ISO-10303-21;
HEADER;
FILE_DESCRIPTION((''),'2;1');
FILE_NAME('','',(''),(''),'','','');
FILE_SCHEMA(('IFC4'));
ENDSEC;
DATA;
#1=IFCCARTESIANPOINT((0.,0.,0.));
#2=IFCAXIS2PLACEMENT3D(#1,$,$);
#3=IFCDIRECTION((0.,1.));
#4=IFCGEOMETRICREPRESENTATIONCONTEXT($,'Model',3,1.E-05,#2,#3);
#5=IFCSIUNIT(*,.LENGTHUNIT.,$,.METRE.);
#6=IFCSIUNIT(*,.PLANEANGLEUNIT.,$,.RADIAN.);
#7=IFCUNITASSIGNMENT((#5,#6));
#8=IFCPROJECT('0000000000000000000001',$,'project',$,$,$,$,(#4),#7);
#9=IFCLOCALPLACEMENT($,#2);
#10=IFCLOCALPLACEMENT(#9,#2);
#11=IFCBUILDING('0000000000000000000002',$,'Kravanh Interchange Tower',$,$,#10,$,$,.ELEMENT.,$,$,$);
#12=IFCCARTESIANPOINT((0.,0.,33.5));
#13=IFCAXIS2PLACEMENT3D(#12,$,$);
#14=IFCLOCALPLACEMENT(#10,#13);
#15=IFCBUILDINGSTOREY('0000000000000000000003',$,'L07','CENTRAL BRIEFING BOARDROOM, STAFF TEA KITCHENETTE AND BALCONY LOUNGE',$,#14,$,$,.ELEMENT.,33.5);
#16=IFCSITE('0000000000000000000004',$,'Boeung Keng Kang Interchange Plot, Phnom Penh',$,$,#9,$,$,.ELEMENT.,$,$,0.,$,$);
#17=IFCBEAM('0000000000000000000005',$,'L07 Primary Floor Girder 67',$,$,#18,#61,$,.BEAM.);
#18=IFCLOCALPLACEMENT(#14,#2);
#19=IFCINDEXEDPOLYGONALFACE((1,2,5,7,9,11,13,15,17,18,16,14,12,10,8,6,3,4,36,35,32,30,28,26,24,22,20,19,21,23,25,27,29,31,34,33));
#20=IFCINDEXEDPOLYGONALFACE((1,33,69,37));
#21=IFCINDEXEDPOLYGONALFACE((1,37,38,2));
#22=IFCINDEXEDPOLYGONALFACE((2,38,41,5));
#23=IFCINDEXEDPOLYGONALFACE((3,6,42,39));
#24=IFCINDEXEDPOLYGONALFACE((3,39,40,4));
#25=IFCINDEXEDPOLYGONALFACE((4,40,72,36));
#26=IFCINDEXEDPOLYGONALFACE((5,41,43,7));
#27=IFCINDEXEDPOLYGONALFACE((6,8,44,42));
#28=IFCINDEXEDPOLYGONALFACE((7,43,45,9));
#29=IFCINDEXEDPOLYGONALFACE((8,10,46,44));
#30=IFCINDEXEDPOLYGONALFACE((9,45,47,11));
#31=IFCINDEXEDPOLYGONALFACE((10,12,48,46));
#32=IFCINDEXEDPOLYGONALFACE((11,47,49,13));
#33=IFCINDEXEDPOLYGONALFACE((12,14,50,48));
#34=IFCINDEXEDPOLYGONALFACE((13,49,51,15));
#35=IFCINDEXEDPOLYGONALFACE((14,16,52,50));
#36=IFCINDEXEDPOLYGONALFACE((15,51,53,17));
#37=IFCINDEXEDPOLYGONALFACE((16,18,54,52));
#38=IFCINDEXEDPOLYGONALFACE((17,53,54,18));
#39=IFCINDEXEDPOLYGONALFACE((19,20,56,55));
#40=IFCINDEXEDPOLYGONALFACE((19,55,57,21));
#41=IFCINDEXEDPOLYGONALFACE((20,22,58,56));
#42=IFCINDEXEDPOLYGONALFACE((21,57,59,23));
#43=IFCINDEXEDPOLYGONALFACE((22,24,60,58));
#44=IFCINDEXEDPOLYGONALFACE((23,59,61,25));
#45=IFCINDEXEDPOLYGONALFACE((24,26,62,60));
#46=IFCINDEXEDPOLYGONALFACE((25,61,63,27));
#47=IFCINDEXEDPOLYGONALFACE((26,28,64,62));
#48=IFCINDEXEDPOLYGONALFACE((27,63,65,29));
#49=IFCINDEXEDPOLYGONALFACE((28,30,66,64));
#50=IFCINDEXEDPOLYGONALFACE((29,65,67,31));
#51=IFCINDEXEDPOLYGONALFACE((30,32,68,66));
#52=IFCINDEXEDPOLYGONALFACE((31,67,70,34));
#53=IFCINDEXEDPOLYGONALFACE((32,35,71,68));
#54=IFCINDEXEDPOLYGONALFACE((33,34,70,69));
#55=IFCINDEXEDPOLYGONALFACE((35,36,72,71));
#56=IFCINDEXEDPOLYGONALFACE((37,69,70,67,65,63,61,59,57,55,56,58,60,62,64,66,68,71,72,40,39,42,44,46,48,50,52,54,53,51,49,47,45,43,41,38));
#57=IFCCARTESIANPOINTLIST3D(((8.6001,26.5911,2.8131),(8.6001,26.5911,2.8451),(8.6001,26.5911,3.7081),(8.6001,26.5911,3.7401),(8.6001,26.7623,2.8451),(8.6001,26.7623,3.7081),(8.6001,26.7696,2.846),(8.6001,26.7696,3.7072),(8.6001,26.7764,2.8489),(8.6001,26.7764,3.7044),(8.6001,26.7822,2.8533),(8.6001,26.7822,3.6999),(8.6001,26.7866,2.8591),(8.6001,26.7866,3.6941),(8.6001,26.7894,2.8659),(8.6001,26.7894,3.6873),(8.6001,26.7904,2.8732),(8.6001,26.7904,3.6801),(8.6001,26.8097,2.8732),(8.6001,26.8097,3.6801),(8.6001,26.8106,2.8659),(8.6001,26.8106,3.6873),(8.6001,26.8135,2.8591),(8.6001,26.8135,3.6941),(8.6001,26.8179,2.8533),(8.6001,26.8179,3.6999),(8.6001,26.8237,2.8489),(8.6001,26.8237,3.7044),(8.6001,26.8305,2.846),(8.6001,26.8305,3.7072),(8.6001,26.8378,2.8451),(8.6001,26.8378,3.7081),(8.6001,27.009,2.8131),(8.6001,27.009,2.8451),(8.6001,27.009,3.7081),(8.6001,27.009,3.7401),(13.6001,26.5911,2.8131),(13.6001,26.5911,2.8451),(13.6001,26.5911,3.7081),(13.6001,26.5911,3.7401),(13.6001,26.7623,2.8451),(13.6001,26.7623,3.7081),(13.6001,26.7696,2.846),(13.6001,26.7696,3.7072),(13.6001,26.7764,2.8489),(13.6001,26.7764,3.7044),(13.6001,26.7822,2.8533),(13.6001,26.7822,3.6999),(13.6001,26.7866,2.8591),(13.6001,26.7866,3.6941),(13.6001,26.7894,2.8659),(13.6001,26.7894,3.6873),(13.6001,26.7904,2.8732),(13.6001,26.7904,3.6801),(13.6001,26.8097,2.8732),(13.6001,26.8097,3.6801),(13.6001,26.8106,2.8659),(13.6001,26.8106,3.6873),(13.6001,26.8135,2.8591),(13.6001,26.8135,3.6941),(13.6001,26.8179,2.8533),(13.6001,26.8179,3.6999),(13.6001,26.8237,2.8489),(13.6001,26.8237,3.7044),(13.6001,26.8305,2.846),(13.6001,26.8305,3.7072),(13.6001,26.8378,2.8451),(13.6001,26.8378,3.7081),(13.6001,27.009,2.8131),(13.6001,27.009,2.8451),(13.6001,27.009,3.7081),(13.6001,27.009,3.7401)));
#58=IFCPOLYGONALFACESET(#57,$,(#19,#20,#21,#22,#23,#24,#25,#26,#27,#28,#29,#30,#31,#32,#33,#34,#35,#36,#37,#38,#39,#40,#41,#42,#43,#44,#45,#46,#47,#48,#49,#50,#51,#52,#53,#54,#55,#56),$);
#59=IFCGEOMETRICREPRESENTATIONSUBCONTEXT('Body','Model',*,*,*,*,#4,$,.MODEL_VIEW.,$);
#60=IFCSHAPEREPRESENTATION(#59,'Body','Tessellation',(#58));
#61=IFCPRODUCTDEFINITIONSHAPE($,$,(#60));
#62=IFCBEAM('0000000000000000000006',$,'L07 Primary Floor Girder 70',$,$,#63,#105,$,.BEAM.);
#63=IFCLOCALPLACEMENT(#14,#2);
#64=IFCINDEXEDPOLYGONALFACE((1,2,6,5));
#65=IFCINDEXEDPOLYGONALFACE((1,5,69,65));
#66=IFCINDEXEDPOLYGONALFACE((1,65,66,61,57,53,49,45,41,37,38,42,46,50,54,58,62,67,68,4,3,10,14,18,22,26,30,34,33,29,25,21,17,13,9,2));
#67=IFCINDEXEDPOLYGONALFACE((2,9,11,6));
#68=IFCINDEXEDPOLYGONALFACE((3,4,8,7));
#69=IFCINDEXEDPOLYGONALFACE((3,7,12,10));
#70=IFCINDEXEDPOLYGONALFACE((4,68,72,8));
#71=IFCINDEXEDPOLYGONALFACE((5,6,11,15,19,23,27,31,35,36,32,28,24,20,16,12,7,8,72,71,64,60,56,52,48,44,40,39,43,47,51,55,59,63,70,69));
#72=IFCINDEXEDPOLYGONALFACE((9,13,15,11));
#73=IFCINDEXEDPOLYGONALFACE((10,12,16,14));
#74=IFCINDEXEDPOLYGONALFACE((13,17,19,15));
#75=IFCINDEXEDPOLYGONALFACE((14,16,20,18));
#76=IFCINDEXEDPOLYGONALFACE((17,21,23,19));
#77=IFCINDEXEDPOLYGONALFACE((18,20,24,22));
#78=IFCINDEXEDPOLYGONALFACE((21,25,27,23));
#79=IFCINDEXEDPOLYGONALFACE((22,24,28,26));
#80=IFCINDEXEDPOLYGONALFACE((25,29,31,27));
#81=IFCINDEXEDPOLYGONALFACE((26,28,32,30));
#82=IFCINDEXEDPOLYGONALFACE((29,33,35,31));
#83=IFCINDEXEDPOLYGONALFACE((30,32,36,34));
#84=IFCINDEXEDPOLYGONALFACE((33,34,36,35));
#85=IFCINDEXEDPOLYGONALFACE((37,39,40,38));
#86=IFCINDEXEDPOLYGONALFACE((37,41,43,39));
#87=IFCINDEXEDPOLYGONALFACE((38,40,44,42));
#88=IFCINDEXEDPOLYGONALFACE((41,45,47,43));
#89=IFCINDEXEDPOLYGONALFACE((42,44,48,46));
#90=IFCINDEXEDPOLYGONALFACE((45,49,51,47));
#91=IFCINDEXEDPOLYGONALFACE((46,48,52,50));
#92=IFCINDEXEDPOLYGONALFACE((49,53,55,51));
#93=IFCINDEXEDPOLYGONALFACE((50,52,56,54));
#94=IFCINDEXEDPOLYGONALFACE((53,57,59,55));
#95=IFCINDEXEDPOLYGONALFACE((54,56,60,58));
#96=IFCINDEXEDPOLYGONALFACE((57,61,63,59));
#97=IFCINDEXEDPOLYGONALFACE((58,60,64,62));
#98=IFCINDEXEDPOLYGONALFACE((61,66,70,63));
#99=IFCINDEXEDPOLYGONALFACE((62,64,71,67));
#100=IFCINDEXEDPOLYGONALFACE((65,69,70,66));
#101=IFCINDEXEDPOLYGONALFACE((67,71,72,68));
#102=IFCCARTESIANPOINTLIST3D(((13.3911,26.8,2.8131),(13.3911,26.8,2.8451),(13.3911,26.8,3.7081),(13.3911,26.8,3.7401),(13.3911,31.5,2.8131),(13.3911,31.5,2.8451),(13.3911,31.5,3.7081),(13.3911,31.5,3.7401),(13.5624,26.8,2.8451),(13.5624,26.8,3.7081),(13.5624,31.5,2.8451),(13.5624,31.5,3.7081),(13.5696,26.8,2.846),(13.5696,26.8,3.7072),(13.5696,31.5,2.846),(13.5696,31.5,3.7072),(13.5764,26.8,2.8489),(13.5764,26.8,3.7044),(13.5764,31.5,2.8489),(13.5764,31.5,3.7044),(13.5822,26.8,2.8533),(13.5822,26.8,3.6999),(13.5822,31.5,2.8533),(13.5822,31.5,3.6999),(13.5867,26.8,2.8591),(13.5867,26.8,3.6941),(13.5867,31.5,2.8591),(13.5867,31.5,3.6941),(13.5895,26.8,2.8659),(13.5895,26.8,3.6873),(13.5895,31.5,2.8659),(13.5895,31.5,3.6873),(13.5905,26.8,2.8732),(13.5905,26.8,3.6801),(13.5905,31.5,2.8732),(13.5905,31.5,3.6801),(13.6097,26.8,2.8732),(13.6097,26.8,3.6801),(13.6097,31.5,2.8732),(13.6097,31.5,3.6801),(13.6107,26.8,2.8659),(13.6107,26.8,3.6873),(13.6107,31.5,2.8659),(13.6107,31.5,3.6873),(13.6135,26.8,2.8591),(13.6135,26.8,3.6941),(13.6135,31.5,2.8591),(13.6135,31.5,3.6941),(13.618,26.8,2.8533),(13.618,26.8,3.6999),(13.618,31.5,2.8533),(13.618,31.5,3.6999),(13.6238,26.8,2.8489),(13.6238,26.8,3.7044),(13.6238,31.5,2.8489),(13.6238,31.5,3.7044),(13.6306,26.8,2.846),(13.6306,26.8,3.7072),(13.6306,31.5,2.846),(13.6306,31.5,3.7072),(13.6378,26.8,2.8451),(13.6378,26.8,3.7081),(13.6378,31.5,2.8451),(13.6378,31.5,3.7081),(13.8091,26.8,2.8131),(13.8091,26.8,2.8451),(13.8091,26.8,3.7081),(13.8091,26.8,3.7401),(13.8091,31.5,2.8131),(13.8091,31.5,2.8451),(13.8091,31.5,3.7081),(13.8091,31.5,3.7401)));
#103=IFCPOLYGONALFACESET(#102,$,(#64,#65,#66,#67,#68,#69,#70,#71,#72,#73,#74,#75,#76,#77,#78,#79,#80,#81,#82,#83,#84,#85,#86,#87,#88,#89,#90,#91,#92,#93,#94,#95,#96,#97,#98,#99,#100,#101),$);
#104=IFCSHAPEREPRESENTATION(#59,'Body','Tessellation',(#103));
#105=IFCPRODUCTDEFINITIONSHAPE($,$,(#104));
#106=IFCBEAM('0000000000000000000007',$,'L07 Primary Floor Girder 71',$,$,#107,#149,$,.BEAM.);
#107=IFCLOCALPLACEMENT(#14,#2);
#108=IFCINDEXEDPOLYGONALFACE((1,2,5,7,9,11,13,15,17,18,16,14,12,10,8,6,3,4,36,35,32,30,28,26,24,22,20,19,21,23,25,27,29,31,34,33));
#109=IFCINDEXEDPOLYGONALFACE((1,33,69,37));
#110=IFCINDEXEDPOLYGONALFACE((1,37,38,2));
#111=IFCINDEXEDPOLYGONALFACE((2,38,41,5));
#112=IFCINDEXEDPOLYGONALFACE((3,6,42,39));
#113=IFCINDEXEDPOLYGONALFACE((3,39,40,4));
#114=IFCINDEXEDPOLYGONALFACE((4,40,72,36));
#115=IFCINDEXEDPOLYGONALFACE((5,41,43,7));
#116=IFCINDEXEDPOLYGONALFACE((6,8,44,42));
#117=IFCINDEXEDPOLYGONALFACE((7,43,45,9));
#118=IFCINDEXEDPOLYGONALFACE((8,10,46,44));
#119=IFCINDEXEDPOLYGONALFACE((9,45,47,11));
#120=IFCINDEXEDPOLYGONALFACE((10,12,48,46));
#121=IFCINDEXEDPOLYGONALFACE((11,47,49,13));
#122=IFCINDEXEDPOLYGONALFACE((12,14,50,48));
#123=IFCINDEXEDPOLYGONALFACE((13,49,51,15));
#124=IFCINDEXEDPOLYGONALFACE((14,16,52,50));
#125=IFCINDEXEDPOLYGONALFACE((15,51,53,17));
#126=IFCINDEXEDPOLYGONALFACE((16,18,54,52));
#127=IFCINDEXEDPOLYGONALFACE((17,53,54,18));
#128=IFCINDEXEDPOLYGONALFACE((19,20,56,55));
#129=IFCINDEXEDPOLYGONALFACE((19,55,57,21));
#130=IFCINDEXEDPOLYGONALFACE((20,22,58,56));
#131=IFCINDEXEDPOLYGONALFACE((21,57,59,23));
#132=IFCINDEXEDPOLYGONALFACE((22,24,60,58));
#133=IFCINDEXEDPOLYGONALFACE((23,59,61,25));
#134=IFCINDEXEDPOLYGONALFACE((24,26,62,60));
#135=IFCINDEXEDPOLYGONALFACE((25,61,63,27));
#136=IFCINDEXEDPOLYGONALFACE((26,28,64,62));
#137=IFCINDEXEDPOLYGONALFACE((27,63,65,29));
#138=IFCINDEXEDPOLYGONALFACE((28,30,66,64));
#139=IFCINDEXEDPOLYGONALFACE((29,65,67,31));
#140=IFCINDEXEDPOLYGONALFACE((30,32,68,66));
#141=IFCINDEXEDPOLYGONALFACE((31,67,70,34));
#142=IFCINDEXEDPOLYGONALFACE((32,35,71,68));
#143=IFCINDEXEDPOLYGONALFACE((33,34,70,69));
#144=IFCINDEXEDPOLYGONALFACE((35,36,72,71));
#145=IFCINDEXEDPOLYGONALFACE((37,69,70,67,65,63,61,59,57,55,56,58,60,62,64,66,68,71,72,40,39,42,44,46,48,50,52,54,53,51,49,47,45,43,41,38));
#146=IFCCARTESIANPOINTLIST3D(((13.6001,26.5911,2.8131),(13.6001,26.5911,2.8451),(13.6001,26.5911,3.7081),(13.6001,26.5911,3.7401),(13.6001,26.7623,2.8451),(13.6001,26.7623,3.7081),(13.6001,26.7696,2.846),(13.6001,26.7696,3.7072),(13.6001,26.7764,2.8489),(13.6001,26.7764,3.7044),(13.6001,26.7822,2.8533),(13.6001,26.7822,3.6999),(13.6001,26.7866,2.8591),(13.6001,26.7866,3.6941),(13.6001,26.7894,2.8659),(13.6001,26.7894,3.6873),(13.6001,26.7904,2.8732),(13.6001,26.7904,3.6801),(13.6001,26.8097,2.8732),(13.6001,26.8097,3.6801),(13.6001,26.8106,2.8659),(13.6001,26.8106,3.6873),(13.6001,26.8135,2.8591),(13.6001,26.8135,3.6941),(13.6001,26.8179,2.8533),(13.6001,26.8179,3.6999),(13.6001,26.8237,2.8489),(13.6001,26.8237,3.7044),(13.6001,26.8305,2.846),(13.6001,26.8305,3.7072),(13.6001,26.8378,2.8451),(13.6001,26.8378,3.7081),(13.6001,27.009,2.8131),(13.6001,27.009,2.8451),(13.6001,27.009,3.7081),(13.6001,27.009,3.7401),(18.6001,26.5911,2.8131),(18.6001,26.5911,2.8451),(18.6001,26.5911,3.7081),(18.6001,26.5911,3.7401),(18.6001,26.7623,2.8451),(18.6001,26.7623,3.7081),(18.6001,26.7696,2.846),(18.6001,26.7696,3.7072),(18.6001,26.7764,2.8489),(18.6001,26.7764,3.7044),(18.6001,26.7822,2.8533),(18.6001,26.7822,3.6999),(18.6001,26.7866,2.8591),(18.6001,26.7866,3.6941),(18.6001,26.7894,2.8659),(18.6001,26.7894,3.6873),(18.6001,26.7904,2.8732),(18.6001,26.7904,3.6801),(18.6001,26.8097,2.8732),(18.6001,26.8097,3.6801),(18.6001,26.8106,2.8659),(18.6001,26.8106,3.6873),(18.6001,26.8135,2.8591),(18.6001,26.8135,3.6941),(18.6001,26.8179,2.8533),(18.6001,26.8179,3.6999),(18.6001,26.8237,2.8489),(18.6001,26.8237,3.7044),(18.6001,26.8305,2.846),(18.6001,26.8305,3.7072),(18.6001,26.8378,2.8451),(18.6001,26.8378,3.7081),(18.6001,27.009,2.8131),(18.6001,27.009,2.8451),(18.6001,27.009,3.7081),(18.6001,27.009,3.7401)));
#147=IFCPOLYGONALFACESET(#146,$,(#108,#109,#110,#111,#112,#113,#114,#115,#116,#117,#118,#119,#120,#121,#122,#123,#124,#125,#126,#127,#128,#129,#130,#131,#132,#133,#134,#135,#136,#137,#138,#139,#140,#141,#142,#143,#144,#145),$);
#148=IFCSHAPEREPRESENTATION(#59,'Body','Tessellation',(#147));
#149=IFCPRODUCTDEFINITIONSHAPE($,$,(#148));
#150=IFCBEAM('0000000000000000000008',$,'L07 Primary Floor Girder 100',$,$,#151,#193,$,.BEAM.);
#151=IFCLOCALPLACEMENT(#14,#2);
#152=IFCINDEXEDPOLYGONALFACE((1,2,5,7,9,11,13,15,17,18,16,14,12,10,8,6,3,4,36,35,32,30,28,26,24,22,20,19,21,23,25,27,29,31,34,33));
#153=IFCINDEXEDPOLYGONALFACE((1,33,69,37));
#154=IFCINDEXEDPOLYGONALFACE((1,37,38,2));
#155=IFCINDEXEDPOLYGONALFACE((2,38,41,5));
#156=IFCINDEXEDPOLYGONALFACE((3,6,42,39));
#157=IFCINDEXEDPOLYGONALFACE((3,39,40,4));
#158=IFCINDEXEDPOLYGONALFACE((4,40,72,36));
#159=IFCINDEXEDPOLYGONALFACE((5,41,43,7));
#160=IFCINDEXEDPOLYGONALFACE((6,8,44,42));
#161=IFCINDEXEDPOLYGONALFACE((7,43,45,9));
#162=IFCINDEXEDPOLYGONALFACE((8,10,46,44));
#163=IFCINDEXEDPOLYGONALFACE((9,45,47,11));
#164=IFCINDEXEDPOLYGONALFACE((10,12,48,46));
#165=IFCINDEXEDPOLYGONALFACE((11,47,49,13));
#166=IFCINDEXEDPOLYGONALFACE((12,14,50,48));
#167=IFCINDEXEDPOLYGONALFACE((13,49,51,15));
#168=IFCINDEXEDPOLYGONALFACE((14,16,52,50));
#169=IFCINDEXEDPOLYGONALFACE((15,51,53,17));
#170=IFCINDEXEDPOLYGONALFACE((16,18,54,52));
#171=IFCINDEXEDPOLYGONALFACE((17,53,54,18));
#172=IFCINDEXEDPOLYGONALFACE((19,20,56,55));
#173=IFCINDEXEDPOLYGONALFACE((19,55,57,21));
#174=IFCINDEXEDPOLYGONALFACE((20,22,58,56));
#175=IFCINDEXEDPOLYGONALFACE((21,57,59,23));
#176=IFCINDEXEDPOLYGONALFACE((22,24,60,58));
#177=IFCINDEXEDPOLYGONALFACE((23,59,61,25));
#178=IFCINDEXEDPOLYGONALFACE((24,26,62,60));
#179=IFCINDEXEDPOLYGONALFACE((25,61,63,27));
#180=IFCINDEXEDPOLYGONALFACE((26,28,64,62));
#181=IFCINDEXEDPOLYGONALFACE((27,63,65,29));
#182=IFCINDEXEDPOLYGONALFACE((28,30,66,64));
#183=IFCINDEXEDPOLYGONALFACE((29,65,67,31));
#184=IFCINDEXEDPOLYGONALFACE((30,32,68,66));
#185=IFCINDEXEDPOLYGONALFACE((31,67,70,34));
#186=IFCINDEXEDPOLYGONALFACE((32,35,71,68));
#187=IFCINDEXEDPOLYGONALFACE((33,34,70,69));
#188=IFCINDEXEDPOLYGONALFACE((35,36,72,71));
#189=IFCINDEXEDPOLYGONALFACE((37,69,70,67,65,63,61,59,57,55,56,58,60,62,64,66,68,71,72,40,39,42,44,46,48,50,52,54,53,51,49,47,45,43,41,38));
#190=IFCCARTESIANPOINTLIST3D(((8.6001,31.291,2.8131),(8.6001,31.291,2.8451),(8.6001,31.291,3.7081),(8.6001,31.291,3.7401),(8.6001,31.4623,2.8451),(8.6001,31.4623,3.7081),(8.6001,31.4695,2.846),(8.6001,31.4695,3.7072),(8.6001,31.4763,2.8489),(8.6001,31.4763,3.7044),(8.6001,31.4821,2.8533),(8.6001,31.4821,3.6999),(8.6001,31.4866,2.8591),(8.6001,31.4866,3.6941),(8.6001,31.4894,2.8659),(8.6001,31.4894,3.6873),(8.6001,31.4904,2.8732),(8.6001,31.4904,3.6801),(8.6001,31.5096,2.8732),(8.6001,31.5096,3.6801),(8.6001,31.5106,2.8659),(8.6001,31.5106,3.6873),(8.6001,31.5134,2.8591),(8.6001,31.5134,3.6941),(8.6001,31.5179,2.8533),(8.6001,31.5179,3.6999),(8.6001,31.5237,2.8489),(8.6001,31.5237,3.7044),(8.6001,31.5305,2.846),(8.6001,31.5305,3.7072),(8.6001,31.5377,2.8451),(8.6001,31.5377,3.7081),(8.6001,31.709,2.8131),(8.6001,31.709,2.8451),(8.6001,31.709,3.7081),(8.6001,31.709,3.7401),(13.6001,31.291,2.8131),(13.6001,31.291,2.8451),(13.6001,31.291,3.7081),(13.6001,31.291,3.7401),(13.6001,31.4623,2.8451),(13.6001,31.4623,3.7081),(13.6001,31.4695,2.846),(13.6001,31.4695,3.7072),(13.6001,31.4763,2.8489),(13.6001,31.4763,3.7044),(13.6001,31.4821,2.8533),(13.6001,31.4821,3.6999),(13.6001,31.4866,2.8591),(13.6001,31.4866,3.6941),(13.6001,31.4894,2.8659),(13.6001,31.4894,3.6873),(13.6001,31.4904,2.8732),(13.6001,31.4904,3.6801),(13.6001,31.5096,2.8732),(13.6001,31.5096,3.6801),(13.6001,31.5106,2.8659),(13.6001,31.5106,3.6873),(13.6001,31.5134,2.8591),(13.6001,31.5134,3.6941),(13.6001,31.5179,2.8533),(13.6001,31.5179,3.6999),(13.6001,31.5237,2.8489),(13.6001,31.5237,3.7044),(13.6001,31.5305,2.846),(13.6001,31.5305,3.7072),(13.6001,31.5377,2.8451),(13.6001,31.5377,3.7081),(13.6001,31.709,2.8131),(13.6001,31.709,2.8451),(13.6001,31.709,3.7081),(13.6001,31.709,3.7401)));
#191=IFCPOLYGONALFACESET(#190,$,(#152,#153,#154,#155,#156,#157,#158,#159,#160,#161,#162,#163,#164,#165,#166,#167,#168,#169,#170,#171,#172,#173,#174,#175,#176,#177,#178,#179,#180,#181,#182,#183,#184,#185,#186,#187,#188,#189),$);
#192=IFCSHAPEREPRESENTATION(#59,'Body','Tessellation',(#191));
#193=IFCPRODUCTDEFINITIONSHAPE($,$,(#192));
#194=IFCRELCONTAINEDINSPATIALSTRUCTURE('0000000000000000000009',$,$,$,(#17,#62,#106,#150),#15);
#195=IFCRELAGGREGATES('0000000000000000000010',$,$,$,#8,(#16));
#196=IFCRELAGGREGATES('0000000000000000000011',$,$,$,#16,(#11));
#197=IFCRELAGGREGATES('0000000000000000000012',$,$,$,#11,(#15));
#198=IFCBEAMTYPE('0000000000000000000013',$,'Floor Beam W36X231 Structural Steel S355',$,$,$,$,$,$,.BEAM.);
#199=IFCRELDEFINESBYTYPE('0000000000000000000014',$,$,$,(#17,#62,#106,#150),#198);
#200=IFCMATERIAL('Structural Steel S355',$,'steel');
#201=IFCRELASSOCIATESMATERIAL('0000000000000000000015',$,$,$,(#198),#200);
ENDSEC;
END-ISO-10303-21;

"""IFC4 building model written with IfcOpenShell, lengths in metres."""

from ifc_helpers import new_model, si_unit, direction, frame, origin, origin_2d, place, context, subcontext, project, spatial, i_section, extrude, material, material_profile, profile_set, type_object, element, save


model = new_model("IFC4")

# Units and contexts
model_context = context("Model", 3, precision=1e-05, world=origin(), true_north=direction((0.0, 1.0)))
body_context = subcontext(model_context, "Body", "Model", "MODEL_VIEW")
ifc_project = project(units=[si_unit("LENGTHUNIT", "METRE"), si_unit("PLANEANGLEUNIT", "RADIAN")], contexts=[model_context])

# Site, building, storey
site_placement = place(None, origin())
site = spatial("IfcSite", under=ifc_project, at=site_placement, Name="Boeung Keng Kang Interchange Plot, Phnom Penh", CompositionType="ELEMENT", RefElevation=0.0)
building_placement = place(site_placement, origin())
building = spatial("IfcBuilding", under=site, at=building_placement, Name="Kravanh Interchange Tower", CompositionType="ELEMENT")
storey_placement = place(building_placement, frame((0.0, 0.0, 33.5)))
storey = spatial("IfcBuildingStorey", under=building, at=storey_placement, Name="L07", Description="CENTRAL BRIEFING BOARDROOM, STAFF TEA KITCHENETTE AND BALCONY LOUNGE", CompositionType="ELEMENT", Elevation=33.5)

# Beams
ifc_material_1 = material(Name="Structural Steel S355", Category="steel")
ifc_material_profile_1 = material_profile(ifc_material_1, i_section(OverallWidth=0.418, OverallDepth=0.927, WebThickness=0.0193, FlangeThickness=0.032, FilletRadius=0.0281, at=origin_2d()), Name="W36X231")
ifc_profile_set_1 = profile_set([ifc_material_profile_1], Name="Structural Steel S355")
beam_type_1 = type_object("IfcBeamType", Name="Floor Beam W36X231 Structural Steel S355", PredefinedType="BEAM", material=ifc_profile_set_1)
beam_1_placement = place(storey_placement, frame((8.6001, 26.8, 3.2766), z_axis=(1.0, 0.0, 0.0), x_axis=(0.0, 1.0, 0.0)))
element("IfcBeam", 1, at=beam_1_placement, inside=storey, type_object=beam_type_1, Name="L07 Primary Floor Girder 67", PredefinedType="BEAM", context=body_context, shape_type="SweptSolid", body=[
    extrude(i_section(OverallWidth=0.418, OverallDepth=0.927, WebThickness=0.0193, FlangeThickness=0.032, FilletRadius=0.0281, at=origin_2d()), origin(), (0.0, 0.0, 1.0), 5.0),
])
beam_2_placement = place(storey_placement, frame((13.6001, 26.8, 3.2766), z_axis=(0.0, 1.0, 0.0), x_axis=(-1.0, 0.0, 0.0)))
element("IfcBeam", 2, at=beam_2_placement, inside=storey, type_object=beam_type_1, Name="L07 Primary Floor Girder 70", PredefinedType="BEAM", context=body_context, shape_type="SweptSolid", body=[
    extrude(i_section(OverallWidth=0.418, OverallDepth=0.927, WebThickness=0.0193, FlangeThickness=0.032, FilletRadius=0.0281, at=origin_2d()), origin(), (0.0, 0.0, 1.0), 4.7),
])
for number, where, z_axis, x_axis, name in (
    (3, (13.6001, 26.8, 3.2766), (1.0, 0.0, 0.0), (0.0, 1.0, 0.0), "L07 Primary Floor Girder 71"),
    (4, (8.6001, 31.5, 3.2766), (1.0, 0.0, 0.0), (0.0, 1.0, 0.0), "L07 Primary Floor Girder 100"),
):
    element("IfcBeam", number, at=place(storey_placement, frame(where, z_axis=z_axis, x_axis=x_axis)), inside=storey, type_object=beam_type_1, Name=name, PredefinedType="BEAM", context=body_context, shape_type="SweptSolid", body=[
        extrude(i_section(OverallWidth=0.418, OverallDepth=0.927, WebThickness=0.0193, FlangeThickness=0.032, FilletRadius=0.0281, at=origin_2d()), origin(), (0.0, 0.0, 1.0), 5.0),
    ])

save(model, "model.ifc")
